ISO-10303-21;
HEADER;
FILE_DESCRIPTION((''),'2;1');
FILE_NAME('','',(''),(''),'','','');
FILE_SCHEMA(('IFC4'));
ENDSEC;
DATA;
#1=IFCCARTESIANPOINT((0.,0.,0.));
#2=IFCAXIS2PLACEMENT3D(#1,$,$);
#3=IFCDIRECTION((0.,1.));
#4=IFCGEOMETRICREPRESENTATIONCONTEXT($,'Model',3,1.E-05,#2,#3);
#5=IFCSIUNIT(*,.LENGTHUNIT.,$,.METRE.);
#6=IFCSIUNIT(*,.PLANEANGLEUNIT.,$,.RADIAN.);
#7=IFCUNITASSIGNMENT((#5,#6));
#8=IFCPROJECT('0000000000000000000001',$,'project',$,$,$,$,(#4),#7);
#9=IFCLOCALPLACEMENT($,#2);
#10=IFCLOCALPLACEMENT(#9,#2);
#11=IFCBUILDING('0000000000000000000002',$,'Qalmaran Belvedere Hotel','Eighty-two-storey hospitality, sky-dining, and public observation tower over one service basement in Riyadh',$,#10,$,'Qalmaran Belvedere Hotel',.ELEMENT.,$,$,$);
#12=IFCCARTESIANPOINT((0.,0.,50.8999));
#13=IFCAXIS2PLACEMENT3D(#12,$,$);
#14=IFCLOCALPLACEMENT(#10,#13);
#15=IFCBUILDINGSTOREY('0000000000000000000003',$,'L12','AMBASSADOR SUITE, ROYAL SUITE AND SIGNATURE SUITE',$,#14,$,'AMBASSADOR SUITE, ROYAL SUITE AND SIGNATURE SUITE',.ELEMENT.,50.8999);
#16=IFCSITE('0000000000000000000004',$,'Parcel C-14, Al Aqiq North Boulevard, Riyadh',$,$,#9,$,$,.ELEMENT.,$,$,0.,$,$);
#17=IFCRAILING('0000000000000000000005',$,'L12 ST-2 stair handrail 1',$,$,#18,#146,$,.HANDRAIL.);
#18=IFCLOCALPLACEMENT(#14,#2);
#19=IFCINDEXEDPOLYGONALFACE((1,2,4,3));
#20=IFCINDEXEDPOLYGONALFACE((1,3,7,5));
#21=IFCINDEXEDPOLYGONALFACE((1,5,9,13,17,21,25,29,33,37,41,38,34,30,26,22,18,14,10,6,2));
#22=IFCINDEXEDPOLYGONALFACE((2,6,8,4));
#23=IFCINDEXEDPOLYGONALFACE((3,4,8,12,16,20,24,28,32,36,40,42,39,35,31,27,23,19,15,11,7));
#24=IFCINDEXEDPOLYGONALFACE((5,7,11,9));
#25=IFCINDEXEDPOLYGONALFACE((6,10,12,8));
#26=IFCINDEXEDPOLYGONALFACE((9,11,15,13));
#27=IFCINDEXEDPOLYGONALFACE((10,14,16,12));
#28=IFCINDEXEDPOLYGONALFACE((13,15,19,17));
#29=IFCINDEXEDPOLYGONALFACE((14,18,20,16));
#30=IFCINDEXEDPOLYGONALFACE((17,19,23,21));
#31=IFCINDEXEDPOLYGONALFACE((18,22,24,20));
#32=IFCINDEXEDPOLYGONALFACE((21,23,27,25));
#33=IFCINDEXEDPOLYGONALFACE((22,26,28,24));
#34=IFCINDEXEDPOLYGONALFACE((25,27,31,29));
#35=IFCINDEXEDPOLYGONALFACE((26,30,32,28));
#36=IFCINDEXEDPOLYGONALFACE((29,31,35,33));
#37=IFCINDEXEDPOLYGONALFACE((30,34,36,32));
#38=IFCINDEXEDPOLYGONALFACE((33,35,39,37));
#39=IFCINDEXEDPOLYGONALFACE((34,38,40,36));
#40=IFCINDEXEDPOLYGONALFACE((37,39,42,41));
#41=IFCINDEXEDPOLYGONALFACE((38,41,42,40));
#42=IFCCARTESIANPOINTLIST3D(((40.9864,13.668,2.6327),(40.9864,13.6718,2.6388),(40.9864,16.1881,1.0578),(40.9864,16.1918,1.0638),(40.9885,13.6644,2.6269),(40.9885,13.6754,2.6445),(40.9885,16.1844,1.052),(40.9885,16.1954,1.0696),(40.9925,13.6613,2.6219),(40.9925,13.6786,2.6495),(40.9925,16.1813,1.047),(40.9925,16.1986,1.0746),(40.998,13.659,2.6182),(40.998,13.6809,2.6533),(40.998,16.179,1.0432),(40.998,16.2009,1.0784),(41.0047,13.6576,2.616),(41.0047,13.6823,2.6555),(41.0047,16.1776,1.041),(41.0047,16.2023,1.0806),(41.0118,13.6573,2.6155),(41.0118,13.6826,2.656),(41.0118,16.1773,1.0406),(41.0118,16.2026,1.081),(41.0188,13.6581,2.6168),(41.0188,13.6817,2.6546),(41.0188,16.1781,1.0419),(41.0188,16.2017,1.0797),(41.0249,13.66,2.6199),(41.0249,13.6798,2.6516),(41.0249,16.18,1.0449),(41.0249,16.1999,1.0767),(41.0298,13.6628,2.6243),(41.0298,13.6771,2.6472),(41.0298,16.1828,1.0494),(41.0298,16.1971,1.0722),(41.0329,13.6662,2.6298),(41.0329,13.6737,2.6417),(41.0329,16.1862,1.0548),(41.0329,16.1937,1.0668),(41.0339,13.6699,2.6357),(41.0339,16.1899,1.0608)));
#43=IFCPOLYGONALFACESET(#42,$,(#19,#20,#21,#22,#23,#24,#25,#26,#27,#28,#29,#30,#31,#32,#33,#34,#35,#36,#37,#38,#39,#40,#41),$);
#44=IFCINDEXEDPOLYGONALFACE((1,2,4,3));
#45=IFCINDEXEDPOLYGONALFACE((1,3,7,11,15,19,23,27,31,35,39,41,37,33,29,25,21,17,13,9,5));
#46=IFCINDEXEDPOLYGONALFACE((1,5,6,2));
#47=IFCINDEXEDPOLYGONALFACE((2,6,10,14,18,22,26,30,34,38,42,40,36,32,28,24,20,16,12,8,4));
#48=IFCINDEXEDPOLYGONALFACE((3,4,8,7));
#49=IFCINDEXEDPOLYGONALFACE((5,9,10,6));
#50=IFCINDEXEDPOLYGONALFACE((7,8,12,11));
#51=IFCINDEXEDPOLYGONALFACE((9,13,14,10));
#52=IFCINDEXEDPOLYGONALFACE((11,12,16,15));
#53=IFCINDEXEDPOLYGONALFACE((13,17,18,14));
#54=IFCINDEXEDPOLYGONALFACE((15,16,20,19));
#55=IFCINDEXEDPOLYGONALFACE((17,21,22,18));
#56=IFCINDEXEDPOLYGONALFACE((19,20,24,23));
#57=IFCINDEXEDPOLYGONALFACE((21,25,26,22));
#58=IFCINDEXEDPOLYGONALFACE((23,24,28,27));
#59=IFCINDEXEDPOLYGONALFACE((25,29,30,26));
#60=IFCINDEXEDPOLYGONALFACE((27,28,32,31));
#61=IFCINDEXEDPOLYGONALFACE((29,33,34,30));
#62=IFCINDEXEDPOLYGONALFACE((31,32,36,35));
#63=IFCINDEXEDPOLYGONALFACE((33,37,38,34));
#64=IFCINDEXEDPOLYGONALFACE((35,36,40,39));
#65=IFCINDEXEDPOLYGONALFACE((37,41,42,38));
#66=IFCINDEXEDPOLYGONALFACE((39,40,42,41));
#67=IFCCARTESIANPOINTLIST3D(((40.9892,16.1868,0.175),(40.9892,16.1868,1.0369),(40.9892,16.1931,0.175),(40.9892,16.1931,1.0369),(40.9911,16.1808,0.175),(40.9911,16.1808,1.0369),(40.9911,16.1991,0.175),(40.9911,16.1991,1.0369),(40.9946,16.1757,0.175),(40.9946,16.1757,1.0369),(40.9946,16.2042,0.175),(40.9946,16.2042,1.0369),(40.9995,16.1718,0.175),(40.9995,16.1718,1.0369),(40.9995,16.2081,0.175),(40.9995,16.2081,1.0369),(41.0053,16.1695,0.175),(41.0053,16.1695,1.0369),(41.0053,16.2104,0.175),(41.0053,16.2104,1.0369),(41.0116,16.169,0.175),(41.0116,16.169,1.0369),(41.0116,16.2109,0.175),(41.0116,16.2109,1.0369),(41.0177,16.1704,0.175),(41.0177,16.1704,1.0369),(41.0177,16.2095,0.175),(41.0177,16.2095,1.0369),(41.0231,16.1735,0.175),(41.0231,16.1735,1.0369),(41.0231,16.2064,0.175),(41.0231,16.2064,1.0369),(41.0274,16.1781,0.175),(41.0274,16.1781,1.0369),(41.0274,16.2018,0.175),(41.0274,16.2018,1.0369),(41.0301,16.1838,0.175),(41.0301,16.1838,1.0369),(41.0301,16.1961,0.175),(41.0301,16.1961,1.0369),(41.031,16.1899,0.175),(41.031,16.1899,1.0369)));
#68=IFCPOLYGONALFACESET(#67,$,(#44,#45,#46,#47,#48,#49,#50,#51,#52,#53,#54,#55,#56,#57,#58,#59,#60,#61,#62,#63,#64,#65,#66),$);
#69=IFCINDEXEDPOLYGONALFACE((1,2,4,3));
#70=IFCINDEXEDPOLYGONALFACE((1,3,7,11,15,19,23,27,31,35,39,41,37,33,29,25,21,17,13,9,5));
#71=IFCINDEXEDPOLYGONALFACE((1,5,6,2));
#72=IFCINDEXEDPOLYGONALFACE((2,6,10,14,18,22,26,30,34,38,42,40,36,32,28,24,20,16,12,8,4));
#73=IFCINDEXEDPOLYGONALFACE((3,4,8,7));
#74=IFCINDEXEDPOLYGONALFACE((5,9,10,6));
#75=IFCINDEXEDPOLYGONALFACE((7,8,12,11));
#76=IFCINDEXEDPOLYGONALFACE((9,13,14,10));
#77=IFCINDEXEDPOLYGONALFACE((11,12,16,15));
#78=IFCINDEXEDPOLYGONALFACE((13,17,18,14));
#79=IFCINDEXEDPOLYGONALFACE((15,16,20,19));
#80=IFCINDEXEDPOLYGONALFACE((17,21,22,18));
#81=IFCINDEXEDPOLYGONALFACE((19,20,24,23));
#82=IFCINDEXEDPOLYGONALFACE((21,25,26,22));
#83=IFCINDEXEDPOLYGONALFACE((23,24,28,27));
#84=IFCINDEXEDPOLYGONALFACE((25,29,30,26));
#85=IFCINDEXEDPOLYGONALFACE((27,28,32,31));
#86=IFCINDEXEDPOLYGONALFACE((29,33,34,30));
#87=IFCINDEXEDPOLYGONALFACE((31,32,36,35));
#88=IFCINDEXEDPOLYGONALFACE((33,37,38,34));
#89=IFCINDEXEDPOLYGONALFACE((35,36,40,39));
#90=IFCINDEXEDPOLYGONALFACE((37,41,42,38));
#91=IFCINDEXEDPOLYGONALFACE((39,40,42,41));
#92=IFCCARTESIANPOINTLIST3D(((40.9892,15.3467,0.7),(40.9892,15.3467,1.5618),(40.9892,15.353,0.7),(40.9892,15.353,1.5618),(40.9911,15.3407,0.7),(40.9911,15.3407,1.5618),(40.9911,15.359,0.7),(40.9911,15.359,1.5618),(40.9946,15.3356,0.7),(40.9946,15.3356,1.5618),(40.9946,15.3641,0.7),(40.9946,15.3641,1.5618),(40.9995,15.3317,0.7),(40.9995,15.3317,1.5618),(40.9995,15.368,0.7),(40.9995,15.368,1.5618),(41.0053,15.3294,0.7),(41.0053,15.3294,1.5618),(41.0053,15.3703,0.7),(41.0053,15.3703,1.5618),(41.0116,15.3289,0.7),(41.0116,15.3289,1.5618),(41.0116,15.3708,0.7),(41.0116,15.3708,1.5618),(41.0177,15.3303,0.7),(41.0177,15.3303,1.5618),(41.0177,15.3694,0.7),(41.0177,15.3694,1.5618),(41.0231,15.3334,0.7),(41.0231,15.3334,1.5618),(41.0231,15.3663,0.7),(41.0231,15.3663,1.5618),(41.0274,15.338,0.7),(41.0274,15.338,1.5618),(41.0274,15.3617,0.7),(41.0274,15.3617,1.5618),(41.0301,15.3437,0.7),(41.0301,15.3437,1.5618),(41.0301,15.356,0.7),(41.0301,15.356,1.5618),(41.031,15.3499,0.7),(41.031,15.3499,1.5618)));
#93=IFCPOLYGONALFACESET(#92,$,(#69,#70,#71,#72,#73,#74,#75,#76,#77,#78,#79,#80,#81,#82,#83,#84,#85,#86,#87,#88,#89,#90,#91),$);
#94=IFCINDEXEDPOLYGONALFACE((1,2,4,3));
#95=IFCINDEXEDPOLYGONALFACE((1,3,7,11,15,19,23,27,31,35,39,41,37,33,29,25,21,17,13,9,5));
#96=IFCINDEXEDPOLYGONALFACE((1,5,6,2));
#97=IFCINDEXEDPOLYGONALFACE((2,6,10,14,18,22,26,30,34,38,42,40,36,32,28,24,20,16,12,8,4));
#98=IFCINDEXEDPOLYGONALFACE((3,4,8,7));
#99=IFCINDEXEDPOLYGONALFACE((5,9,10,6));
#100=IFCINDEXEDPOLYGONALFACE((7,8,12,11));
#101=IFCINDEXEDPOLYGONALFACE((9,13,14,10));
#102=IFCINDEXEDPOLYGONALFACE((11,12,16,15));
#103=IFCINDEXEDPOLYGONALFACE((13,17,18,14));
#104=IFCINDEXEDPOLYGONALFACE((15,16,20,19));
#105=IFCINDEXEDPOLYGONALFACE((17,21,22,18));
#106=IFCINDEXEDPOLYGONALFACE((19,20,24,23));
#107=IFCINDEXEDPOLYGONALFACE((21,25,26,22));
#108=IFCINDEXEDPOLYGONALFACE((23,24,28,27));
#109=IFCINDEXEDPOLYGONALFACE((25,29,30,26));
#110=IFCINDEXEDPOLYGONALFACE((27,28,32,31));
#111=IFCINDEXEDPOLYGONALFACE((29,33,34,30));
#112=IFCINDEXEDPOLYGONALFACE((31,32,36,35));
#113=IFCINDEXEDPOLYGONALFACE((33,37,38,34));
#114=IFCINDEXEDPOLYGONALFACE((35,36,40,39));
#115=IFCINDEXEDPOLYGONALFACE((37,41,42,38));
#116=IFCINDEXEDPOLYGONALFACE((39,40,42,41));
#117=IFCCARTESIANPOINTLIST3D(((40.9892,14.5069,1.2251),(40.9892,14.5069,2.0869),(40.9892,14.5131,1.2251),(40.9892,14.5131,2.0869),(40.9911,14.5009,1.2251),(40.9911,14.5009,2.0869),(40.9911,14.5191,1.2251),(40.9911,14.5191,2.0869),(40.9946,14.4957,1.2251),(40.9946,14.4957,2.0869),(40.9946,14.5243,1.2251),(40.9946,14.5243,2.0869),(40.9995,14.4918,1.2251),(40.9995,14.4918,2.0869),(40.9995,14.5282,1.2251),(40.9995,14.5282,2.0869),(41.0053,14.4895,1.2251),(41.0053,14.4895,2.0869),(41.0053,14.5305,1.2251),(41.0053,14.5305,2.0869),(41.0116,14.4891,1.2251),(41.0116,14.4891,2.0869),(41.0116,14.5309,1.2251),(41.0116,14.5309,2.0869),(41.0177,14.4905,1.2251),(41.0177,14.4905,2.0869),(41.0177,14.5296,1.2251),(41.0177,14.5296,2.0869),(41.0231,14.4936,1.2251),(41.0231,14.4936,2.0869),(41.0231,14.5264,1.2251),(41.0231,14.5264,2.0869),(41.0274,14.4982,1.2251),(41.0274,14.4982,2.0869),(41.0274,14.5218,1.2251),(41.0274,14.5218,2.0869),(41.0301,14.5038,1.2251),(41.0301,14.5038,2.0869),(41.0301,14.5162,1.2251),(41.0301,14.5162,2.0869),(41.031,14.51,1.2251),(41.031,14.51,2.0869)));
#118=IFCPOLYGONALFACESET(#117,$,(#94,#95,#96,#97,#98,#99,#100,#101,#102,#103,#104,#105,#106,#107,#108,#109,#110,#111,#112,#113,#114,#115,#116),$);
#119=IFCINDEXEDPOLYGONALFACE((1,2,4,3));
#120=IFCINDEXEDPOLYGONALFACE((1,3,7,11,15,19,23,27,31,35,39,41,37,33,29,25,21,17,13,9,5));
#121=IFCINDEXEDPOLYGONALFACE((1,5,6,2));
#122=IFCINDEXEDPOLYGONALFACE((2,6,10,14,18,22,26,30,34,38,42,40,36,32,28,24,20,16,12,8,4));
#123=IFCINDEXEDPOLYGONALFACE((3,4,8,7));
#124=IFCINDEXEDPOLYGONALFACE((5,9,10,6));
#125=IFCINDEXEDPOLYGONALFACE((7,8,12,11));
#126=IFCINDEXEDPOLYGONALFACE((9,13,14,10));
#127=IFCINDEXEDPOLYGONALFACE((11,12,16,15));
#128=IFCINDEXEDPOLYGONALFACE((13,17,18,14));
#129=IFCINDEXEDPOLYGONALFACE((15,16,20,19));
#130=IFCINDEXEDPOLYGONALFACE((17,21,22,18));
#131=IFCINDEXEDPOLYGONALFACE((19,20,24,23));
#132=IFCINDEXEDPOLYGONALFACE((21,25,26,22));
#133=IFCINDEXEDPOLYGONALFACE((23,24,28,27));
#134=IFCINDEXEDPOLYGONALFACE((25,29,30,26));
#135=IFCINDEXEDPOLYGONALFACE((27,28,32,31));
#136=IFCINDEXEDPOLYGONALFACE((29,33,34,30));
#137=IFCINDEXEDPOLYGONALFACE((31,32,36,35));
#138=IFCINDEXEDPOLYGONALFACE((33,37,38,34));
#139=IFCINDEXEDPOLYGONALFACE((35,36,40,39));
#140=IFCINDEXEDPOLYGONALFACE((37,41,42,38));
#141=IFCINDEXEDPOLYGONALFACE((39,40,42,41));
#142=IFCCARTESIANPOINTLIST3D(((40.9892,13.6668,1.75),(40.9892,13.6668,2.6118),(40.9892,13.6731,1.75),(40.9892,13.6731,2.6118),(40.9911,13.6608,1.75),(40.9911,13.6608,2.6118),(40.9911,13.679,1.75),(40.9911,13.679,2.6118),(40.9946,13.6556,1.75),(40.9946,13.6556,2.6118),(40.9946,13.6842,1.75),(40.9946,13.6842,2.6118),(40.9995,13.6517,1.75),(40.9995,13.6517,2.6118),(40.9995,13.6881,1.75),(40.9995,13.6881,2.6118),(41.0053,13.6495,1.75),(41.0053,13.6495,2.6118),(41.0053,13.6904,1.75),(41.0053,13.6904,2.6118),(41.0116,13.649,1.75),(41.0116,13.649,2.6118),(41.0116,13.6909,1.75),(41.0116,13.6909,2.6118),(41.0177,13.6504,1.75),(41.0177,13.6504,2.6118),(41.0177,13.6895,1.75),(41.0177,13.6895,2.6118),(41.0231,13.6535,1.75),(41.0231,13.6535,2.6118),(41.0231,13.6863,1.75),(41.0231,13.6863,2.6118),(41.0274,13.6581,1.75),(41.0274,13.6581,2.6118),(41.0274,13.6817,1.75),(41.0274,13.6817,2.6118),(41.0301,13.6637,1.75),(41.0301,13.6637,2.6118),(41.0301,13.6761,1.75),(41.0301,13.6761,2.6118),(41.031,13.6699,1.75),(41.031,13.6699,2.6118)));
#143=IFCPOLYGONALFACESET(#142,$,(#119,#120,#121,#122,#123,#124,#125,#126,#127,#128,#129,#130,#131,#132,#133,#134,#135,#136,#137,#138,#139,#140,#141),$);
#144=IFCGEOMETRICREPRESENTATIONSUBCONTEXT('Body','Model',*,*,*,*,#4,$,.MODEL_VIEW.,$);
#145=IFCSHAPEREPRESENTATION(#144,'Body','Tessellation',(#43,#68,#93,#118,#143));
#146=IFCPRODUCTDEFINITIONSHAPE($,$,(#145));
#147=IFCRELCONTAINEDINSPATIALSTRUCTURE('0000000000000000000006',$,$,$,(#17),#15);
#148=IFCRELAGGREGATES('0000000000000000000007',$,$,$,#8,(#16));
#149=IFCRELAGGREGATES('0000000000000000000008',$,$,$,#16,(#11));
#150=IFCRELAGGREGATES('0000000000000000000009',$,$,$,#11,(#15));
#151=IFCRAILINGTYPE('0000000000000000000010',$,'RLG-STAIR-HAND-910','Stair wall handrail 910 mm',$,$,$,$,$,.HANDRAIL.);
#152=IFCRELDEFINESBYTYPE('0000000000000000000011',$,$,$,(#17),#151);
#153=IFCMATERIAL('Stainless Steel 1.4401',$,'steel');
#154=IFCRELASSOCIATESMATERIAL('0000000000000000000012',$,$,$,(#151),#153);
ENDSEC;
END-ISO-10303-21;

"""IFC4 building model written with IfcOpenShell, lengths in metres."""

from ifc_helpers import new_model, si_unit, direction, frame, origin, origin_2d, place, context, subcontext, project, spatial, circle, extrude, material, type_object, element, save


model = new_model("IFC4")

# Units and contexts
model_context = context("Model", 3, precision=1e-05, world=origin(), true_north=direction((0.0, 1.0)))
body_context = subcontext(model_context, "Body", "Model", "MODEL_VIEW")
ifc_project = project(units=[si_unit("LENGTHUNIT", "METRE"), si_unit("PLANEANGLEUNIT", "RADIAN")], contexts=[model_context])

# Site, building, storey
site_placement = place(None, origin())
site = spatial("IfcSite", under=ifc_project, at=site_placement, Name="Parcel C-14, Al Aqiq North Boulevard, Riyadh", CompositionType="ELEMENT", RefElevation=0.0)
building_placement = place(site_placement, origin())
building = spatial("IfcBuilding", under=site, at=building_placement, Name="Qalmaran Belvedere Hotel", Description="Eighty-two-storey hospitality, sky-dining, and public observation tower over one service basement in Riyadh", LongName="Qalmaran Belvedere Hotel", CompositionType="ELEMENT")
storey_placement = place(building_placement, frame((0.0, 0.0, 50.8999)))
storey = spatial("IfcBuildingStorey", under=building, at=storey_placement, Name="L12", Description="AMBASSADOR SUITE, ROYAL SUITE AND SIGNATURE SUITE", LongName="AMBASSADOR SUITE, ROYAL SUITE AND SIGNATURE SUITE", CompositionType="ELEMENT", Elevation=50.8999)

# Shared definitions
ifc_material_1 = material(Name="Stainless Steel 1.4401", Category="steel")

# Railing
railing_type_1 = type_object("IfcRailingType", Name="RLG-STAIR-HAND-910", Description="Stair wall handrail 910 mm", PredefinedType="HANDRAIL", material=ifc_material_1)
railing_1_placement = place(storey_placement, frame((41.01, 16.1899, 0.175)))
element("IfcRailing", 1, at=railing_1_placement, inside=storey, type_object=railing_type_1, Name="L12 ST-2 stair handrail 1", PredefinedType="HANDRAIL", context=body_context, shape_type="SweptSolid", body=[
    extrude(circle(Radius=0.0239, at=origin_2d()), frame((0.0, 0.0, 0.8857), z_axis=(0.0, -0.848008, 0.529984), x_axis=(1.0, 0.0, 0.0)), (0.0, 0.0, 1.0), 2.9717),
    extrude(circle(Radius=0.021, at=origin_2d()), origin(), (0.0, 0.0, 1.0), 0.8618),
    extrude(circle(Radius=0.021, at=origin_2d()), frame((0.0, -0.8401, 0.5249)), (0.0, 0.0, 1.0), 0.8618),
    extrude(circle(Radius=0.021, at=origin_2d()), frame((0.0, -1.6799, 1.05)), (0.0, 0.0, 1.0), 0.8618),
    extrude(circle(Radius=0.021, at=origin_2d()), frame((0.0, -2.52, 1.575)), (0.0, 0.0, 1.0), 0.8618),
])

save(model, "model.ifc")
